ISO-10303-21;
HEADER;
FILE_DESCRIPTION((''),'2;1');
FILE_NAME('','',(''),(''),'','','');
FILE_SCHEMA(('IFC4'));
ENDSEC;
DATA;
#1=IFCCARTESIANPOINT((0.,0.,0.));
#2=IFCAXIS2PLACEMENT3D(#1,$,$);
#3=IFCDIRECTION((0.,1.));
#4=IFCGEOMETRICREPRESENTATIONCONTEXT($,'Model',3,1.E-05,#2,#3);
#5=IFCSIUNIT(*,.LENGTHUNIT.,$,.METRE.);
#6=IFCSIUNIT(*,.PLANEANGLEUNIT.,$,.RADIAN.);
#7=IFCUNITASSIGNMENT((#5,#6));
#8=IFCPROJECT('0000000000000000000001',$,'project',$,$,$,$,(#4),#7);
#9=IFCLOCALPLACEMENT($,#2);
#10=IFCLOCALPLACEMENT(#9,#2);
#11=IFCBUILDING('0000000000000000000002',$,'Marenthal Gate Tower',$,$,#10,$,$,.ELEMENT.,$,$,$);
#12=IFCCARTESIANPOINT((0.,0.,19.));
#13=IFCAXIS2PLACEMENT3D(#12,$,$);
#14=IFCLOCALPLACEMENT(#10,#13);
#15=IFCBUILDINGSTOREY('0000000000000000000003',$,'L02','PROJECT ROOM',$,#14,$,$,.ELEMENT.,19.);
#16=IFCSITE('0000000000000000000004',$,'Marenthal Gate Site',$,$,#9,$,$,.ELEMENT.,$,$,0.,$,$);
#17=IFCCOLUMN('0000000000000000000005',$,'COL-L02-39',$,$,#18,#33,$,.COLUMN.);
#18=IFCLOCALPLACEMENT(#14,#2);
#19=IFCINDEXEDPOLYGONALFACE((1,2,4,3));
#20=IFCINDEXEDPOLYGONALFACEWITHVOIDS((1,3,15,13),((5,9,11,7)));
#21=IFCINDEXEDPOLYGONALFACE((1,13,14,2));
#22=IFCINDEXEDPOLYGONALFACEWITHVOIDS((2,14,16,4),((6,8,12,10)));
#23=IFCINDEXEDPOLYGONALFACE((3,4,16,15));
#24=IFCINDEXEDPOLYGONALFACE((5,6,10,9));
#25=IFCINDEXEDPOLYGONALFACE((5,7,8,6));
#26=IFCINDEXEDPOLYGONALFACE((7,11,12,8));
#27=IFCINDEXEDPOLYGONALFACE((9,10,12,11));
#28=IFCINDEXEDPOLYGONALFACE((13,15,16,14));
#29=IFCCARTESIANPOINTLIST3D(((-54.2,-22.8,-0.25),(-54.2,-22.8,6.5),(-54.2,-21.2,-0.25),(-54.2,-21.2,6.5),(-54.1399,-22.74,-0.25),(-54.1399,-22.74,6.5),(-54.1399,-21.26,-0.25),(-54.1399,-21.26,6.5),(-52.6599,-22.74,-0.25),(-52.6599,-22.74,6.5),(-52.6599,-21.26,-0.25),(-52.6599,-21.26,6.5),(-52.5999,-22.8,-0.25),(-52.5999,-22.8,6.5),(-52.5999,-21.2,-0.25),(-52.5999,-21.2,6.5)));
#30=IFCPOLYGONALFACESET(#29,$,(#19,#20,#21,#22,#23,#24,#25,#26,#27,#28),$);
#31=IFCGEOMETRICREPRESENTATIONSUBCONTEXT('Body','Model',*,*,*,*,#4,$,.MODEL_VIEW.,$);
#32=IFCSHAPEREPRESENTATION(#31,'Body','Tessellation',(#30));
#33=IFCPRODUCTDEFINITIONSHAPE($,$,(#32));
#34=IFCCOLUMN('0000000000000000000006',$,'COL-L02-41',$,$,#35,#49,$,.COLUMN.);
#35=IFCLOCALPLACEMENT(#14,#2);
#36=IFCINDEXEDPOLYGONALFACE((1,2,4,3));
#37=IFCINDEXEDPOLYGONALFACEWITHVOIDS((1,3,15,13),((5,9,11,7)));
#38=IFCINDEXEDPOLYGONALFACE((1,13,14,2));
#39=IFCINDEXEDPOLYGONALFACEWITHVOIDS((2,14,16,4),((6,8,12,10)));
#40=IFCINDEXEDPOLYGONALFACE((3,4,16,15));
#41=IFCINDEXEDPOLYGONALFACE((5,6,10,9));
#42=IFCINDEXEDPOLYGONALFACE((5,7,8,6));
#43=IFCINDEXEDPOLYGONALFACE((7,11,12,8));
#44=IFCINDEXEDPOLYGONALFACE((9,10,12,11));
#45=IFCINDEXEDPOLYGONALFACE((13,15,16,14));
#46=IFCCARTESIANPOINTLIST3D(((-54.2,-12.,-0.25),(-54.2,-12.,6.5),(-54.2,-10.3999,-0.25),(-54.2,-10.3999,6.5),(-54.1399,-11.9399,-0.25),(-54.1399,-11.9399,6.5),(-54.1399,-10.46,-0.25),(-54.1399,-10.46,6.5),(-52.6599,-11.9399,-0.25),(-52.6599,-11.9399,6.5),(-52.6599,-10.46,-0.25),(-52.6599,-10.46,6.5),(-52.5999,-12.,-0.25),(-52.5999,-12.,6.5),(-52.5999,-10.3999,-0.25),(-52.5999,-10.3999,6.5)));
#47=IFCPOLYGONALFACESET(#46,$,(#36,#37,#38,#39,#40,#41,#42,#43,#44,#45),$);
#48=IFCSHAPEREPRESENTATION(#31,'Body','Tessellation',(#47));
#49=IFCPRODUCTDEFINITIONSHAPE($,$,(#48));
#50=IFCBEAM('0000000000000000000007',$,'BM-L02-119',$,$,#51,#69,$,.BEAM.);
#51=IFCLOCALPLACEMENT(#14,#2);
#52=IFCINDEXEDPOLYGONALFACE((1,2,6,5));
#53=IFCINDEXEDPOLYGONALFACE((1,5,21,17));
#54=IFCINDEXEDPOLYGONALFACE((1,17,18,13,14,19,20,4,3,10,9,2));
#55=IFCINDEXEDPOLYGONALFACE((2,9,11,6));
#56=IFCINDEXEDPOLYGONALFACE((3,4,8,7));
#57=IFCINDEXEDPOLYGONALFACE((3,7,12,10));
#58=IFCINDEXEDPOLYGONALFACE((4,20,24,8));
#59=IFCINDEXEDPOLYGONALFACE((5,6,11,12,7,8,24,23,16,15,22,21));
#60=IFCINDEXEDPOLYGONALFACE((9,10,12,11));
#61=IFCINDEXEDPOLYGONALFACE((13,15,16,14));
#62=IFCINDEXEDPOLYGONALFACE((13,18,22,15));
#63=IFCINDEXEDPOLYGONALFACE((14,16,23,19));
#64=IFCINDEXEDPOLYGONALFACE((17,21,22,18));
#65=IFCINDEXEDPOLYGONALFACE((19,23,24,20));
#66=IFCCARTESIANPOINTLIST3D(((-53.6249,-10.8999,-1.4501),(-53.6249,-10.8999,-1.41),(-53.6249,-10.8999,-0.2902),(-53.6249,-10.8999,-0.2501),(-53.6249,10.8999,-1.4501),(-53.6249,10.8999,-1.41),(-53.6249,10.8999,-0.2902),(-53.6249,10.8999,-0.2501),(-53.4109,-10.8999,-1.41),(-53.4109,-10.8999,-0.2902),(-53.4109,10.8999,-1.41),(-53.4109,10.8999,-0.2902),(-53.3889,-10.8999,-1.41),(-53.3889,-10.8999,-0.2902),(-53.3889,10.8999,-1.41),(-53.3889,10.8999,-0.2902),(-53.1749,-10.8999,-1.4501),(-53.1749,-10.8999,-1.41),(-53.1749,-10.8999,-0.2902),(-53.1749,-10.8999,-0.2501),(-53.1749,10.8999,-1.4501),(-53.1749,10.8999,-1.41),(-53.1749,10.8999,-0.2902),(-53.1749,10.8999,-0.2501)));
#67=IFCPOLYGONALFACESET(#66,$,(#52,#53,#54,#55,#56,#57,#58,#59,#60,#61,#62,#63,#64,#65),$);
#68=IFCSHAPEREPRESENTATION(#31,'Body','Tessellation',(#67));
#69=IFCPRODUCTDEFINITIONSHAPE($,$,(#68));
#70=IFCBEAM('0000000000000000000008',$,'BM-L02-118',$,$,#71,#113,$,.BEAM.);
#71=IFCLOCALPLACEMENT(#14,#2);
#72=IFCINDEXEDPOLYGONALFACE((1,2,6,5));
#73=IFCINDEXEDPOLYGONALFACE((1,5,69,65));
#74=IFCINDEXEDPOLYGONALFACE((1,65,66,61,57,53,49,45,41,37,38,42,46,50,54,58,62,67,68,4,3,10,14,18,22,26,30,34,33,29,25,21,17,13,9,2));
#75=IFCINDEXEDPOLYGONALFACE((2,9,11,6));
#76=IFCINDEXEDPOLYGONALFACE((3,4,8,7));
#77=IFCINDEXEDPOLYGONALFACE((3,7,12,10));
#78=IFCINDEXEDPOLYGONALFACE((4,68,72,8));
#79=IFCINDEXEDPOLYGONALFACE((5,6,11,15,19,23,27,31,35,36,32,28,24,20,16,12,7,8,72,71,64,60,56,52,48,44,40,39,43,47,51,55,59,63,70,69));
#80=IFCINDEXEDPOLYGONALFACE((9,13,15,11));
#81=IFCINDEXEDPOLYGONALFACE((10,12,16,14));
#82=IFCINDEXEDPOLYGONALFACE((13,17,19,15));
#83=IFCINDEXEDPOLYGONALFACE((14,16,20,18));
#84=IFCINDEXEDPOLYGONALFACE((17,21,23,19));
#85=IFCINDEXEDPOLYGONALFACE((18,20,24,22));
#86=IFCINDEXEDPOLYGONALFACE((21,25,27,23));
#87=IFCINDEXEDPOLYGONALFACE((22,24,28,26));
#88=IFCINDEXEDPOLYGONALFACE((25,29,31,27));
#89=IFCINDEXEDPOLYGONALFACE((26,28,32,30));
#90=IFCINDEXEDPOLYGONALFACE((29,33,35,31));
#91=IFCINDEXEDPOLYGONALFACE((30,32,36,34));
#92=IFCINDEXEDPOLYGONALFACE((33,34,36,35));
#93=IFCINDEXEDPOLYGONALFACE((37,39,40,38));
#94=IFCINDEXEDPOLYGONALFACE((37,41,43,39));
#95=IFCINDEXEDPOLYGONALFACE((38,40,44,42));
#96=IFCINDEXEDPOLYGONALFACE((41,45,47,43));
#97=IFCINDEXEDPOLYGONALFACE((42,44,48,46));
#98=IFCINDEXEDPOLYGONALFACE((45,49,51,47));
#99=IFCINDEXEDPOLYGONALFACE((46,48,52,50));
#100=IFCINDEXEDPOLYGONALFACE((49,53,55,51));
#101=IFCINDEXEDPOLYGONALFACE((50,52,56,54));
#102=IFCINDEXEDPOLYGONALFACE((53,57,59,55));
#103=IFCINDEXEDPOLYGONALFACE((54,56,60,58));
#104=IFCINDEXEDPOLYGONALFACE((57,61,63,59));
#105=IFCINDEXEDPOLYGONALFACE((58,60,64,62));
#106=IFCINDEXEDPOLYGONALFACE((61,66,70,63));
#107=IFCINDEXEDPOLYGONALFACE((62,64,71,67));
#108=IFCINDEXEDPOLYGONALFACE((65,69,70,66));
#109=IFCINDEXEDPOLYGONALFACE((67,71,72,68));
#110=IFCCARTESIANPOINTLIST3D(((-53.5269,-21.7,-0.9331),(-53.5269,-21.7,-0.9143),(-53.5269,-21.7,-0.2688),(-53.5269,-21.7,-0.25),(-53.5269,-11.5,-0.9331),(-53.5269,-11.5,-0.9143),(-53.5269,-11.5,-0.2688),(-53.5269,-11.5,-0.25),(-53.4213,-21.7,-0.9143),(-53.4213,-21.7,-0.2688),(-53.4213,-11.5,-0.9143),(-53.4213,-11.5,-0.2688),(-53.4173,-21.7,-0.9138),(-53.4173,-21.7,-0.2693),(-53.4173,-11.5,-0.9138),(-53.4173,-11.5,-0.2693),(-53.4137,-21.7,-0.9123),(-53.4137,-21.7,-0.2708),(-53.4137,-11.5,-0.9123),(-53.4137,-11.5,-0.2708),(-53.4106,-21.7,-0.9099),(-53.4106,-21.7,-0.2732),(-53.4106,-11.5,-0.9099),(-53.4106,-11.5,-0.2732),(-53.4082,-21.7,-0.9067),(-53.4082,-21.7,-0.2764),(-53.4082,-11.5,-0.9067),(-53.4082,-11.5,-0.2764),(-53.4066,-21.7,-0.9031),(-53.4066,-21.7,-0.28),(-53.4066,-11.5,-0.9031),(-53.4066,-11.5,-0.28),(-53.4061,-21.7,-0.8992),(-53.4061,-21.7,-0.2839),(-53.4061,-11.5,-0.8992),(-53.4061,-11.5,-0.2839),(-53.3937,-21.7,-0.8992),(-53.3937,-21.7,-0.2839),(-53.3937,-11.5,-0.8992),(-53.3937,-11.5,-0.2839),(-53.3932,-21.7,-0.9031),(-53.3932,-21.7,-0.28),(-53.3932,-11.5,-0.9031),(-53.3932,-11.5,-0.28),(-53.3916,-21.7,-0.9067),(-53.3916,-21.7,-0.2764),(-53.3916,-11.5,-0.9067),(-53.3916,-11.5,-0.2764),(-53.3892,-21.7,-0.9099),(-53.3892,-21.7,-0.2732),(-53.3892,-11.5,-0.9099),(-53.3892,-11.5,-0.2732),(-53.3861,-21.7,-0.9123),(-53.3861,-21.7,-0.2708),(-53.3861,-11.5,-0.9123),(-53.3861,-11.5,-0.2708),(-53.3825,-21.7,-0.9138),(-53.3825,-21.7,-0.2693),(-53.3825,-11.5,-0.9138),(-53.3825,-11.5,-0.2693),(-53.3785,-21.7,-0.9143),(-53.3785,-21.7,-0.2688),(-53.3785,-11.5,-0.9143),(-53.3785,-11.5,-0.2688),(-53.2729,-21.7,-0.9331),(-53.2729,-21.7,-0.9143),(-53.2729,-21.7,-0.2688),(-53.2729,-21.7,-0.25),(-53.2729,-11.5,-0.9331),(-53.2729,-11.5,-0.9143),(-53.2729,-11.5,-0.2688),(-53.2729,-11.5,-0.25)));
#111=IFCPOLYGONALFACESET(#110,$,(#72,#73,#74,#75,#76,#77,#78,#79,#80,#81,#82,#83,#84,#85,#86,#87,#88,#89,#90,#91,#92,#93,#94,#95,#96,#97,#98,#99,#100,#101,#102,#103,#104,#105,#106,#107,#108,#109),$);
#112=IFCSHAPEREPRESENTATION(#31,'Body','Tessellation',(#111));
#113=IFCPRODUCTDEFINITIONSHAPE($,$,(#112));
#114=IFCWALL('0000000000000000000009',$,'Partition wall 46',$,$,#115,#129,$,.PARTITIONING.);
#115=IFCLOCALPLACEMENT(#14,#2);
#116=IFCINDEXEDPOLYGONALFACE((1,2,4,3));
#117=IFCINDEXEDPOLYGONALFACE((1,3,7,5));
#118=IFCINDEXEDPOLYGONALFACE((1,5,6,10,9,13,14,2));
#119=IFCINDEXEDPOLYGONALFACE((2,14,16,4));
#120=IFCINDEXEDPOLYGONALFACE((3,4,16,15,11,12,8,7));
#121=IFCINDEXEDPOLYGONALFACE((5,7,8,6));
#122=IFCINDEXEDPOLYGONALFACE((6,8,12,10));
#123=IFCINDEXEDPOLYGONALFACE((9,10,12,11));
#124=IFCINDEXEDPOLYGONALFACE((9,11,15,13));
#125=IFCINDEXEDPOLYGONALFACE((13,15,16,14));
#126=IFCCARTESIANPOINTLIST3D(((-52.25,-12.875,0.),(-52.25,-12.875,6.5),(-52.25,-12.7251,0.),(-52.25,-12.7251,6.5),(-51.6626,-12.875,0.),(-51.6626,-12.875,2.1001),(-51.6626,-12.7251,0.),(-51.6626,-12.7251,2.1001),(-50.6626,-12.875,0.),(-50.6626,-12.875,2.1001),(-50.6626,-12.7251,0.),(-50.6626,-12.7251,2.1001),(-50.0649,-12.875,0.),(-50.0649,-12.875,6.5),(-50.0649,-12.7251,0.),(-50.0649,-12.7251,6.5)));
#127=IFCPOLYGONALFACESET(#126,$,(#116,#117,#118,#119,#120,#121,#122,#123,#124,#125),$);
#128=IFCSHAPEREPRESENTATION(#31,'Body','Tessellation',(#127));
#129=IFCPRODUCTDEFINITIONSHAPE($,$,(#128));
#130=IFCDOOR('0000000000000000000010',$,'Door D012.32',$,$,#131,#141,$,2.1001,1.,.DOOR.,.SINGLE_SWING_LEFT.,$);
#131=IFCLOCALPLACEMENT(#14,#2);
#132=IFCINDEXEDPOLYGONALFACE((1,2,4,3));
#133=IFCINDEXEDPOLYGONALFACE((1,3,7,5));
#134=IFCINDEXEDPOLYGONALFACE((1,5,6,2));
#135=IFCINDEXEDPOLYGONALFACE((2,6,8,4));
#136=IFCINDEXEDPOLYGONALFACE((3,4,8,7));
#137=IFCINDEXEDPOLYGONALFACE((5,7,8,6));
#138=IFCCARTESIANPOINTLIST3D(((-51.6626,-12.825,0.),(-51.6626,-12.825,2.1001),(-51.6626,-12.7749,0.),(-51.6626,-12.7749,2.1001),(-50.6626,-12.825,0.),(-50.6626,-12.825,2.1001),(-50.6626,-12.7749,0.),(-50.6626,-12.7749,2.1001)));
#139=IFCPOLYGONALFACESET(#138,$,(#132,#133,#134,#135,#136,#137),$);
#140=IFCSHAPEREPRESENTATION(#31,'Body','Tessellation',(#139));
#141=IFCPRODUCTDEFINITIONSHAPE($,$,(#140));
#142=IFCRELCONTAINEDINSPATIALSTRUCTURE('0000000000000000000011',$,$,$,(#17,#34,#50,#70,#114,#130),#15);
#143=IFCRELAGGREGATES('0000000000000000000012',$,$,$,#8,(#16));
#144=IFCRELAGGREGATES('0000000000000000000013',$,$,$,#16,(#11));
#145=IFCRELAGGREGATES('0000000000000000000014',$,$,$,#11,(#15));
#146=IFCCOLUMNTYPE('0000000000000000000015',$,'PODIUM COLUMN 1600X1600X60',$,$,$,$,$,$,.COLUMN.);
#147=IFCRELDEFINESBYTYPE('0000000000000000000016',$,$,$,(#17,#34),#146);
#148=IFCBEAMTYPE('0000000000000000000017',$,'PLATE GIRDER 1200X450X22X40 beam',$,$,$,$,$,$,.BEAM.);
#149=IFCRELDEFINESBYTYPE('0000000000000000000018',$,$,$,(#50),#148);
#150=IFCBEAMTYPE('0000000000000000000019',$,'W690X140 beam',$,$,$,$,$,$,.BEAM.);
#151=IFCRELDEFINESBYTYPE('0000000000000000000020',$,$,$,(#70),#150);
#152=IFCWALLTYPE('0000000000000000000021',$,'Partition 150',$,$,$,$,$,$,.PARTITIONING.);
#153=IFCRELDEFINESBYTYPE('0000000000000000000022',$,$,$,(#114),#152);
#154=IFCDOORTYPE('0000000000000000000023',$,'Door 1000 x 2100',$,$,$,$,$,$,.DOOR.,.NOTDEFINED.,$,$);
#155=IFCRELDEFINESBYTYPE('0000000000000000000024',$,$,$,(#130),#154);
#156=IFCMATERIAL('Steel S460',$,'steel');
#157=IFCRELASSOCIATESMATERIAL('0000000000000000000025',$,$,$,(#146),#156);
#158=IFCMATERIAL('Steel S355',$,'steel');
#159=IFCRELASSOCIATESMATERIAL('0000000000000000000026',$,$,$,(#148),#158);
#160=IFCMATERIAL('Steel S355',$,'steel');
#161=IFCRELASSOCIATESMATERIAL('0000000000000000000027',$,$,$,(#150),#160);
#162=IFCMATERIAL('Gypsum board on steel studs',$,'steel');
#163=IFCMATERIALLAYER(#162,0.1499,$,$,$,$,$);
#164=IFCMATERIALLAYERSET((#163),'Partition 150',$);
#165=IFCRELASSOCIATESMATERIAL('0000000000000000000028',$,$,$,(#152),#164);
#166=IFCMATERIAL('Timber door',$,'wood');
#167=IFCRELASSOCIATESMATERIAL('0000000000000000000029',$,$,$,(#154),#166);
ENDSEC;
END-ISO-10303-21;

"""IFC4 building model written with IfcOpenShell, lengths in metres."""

from ifc_helpers import new_model, si_unit, direction, frame, frame_2d, origin, origin_2d, place, context, subcontext, project, spatial, rectangle, hollow_rectangle, i_section, extrude, material, layer, layer_set, material_profile, profile_set, type_object, element, fill, save


model = new_model("IFC4")

# Units and contexts
model_context = context("Model", 3, precision=1e-05, world=origin(), true_north=direction((0.0, 1.0)))
body_context = subcontext(model_context, "Body", "Model", "MODEL_VIEW")
ifc_project = project(units=[si_unit("LENGTHUNIT", "METRE"), si_unit("PLANEANGLEUNIT", "RADIAN")], contexts=[model_context])

# Site, building, storey
site_placement = place(None, origin())
site = spatial("IfcSite", under=ifc_project, at=site_placement, Name="Marenthal Gate Site", CompositionType="ELEMENT", RefElevation=0.0)
building_placement = place(site_placement, origin())
building = spatial("IfcBuilding", under=site, at=building_placement, Name="Marenthal Gate Tower", CompositionType="ELEMENT")
storey_placement = place(building_placement, frame((0.0, 0.0, 19.0)))
storey = spatial("IfcBuildingStorey", under=building, at=storey_placement, Name="L02", Description="PROJECT ROOM", CompositionType="ELEMENT", Elevation=19.0)

# Columns
ifc_material_1 = material(Name="Steel S460", Category="steel")
ifc_material_profile_1 = material_profile(ifc_material_1, hollow_rectangle(XDim=1.6001, YDim=1.6001, WallThickness=0.0601, at=origin_2d()), Name="CFT BOX 1600X1600X60")
ifc_material_2 = material(Name="Concrete 70 MPa", Category="concrete")
ifc_material_profile_2 = material_profile(ifc_material_2, rectangle(XDim=1.48, YDim=1.48, at=origin_2d()), Name="CFT BOX 1600X1600X60 INFILL")
ifc_profile_set_1 = profile_set([ifc_material_profile_1, ifc_material_profile_2], Name="Steel S460 shell, Concrete 70 MPa infill")
column_type = type_object("IfcColumnType", Name="PODIUM COLUMN 1600X1600X60", PredefinedType="COLUMN", material=ifc_profile_set_1)
for number, where, z_axis, x_axis, name in (
    (1, (-53.3999, -22.0, -0.25), (0.0, 0.0, 1.0), (1.0, 0.0, 0.0), "COL-L02-39"),
    (2, (-53.3999, -11.2, -0.25), (0.0, 0.0, 1.0), (1.0, 0.0, 0.0), "COL-L02-41"),
):
    element("IfcColumn", number, at=place(storey_placement, frame(where, z_axis=z_axis, x_axis=x_axis)), inside=storey, type_object=column_type, Name=name, PredefinedType="COLUMN", context=body_context, shape_type="SweptSolid", body=[
        extrude(hollow_rectangle(XDim=1.6001, YDim=1.6001, WallThickness=0.0601, at=origin_2d()), origin(), (0.0, 0.0, 1.0), 6.75),
    ])

# Beams
ifc_material_3 = material(Name="Steel S355", Category="steel")
ifc_material_profile_3 = material_profile(ifc_material_3, i_section(OverallWidth=0.45, OverallDepth=1.2, WebThickness=0.022, FlangeThickness=0.04, at=origin_2d()), Name="PLATE GIRDER 1200X450X22X40")
ifc_profile_set_2 = profile_set([ifc_material_profile_3], Name="Steel S355")
beam_type_1 = type_object("IfcBeamType", Name="PLATE GIRDER 1200X450X22X40 beam", PredefinedType="BEAM", material=ifc_profile_set_2)
beam_1_placement = place(storey_placement, frame((-53.3999, -10.8999, -0.8501), z_axis=(0.0, 1.0, 0.0), x_axis=(-1.0, 0.0, 0.0)))
element("IfcBeam", 3, at=beam_1_placement, inside=storey, type_object=beam_type_1, Name="BM-L02-119", PredefinedType="BEAM", context=body_context, shape_type="SweptSolid", body=[
    extrude(i_section(OverallWidth=0.45, OverallDepth=1.2, WebThickness=0.022, FlangeThickness=0.04, at=origin_2d()), origin(), (0.0, 0.0, 1.0), 21.7998),
])
ifc_material_4 = material(Name="Steel S355", Category="steel")
ifc_material_profile_4 = material_profile(ifc_material_4, i_section(OverallWidth=0.2539, OverallDepth=0.6831, WebThickness=0.0125, FlangeThickness=0.0188, FilletRadius=0.0151, at=origin_2d()), Name="W690X140")
ifc_profile_set_3 = profile_set([ifc_material_profile_4], Name="Steel S355")
beam_type_2 = type_object("IfcBeamType", Name="W690X140 beam", PredefinedType="BEAM", material=ifc_profile_set_3)
beam_2_placement = place(storey_placement, frame((-53.3999, -21.7, -0.5916), z_axis=(0.0, 1.0, 0.0), x_axis=(-1.0, 0.0, 0.0)))
element("IfcBeam", 4, at=beam_2_placement, inside=storey, type_object=beam_type_2, Name="BM-L02-118", PredefinedType="BEAM", context=body_context, shape_type="SweptSolid", body=[
    extrude(i_section(OverallWidth=0.2539, OverallDepth=0.6831, WebThickness=0.0125, FlangeThickness=0.0188, FilletRadius=0.0151, at=origin_2d()), origin(), (0.0, 0.0, 1.0), 10.2),
])

# Wall, opening, door
ifc_material_5 = material(Name="Gypsum board on steel studs", Category="steel")
ifc_layer_1 = layer(ifc_material_5, 0.1499)
ifc_layer_set_1 = layer_set([ifc_layer_1], Name="Partition 150")
wall_type_1 = type_object("IfcWallType", Name="Partition 150", PredefinedType="PARTITIONING", material=ifc_layer_set_1)
wall_1_placement = place(storey_placement, frame((-52.25, -12.8, 0.0), z_axis=(0.0, 0.0, 1.0), x_axis=(1.0, 0.0, 0.0)))
wall_1 = element("IfcWall", 5, at=wall_1_placement, inside=storey, type_object=wall_type_1, Name="Partition wall 46", PredefinedType="PARTITIONING", context=body_context, shape_type="SweptSolid", body=[
    extrude(rectangle(XDim=2.1851, YDim=0.1499, at=frame_2d((1.0925, 0.0))), origin(), (0.0, 0.0, 1.0), 6.5),
])
opening_1_placement = place(wall_1_placement, frame((0.5874, 0.0, 0.0)))
opening_1 = element("IfcOpeningElement", 6, at=opening_1_placement, cuts=wall_1, PredefinedType="OPENING", context=body_context, shape_type="SweptSolid", body=[
    extrude(rectangle(XDim=1.0, YDim=2.1001, at=frame_2d((0.5, 1.05))), frame((0.0, 0.085, 0.0), z_axis=(0.0, -1.0, 0.0), x_axis=(1.0, 0.0, 0.0)), (0.0, 0.0, 1.0), 0.1699),
])
ifc_material_6 = material(Name="Timber door", Category="wood")
door_type = type_object("IfcDoorType", Name="Door 1000 x 2100", OperationType="NOTDEFINED", PredefinedType="DOOR", material=ifc_material_6)
door_1_placement = place(opening_1_placement, frame((1.0, 0.0, 0.0), z_axis=(0.0, 0.0, 1.0), x_axis=(-1.0, 0.0, 0.0)))
door_1 = element("IfcDoor", 7, at=door_1_placement, inside=storey, type_object=door_type, Name="Door D012.32", OperationType="SINGLE_SWING_LEFT", OverallHeight=2.1001, OverallWidth=1.0, PredefinedType="DOOR", context=body_context, shape_type="SweptSolid", body=[
    extrude(rectangle(XDim=1.0, YDim=2.1001, at=frame_2d((0.5, 1.05))), frame((0.0, 0.0249, 0.0), z_axis=(0.0, -1.0, 0.0), x_axis=(1.0, 0.0, 0.0)), (0.0, 0.0, 1.0), 0.05),
])
fill(opening_1, door_1)

save(model, "model.ifc")
